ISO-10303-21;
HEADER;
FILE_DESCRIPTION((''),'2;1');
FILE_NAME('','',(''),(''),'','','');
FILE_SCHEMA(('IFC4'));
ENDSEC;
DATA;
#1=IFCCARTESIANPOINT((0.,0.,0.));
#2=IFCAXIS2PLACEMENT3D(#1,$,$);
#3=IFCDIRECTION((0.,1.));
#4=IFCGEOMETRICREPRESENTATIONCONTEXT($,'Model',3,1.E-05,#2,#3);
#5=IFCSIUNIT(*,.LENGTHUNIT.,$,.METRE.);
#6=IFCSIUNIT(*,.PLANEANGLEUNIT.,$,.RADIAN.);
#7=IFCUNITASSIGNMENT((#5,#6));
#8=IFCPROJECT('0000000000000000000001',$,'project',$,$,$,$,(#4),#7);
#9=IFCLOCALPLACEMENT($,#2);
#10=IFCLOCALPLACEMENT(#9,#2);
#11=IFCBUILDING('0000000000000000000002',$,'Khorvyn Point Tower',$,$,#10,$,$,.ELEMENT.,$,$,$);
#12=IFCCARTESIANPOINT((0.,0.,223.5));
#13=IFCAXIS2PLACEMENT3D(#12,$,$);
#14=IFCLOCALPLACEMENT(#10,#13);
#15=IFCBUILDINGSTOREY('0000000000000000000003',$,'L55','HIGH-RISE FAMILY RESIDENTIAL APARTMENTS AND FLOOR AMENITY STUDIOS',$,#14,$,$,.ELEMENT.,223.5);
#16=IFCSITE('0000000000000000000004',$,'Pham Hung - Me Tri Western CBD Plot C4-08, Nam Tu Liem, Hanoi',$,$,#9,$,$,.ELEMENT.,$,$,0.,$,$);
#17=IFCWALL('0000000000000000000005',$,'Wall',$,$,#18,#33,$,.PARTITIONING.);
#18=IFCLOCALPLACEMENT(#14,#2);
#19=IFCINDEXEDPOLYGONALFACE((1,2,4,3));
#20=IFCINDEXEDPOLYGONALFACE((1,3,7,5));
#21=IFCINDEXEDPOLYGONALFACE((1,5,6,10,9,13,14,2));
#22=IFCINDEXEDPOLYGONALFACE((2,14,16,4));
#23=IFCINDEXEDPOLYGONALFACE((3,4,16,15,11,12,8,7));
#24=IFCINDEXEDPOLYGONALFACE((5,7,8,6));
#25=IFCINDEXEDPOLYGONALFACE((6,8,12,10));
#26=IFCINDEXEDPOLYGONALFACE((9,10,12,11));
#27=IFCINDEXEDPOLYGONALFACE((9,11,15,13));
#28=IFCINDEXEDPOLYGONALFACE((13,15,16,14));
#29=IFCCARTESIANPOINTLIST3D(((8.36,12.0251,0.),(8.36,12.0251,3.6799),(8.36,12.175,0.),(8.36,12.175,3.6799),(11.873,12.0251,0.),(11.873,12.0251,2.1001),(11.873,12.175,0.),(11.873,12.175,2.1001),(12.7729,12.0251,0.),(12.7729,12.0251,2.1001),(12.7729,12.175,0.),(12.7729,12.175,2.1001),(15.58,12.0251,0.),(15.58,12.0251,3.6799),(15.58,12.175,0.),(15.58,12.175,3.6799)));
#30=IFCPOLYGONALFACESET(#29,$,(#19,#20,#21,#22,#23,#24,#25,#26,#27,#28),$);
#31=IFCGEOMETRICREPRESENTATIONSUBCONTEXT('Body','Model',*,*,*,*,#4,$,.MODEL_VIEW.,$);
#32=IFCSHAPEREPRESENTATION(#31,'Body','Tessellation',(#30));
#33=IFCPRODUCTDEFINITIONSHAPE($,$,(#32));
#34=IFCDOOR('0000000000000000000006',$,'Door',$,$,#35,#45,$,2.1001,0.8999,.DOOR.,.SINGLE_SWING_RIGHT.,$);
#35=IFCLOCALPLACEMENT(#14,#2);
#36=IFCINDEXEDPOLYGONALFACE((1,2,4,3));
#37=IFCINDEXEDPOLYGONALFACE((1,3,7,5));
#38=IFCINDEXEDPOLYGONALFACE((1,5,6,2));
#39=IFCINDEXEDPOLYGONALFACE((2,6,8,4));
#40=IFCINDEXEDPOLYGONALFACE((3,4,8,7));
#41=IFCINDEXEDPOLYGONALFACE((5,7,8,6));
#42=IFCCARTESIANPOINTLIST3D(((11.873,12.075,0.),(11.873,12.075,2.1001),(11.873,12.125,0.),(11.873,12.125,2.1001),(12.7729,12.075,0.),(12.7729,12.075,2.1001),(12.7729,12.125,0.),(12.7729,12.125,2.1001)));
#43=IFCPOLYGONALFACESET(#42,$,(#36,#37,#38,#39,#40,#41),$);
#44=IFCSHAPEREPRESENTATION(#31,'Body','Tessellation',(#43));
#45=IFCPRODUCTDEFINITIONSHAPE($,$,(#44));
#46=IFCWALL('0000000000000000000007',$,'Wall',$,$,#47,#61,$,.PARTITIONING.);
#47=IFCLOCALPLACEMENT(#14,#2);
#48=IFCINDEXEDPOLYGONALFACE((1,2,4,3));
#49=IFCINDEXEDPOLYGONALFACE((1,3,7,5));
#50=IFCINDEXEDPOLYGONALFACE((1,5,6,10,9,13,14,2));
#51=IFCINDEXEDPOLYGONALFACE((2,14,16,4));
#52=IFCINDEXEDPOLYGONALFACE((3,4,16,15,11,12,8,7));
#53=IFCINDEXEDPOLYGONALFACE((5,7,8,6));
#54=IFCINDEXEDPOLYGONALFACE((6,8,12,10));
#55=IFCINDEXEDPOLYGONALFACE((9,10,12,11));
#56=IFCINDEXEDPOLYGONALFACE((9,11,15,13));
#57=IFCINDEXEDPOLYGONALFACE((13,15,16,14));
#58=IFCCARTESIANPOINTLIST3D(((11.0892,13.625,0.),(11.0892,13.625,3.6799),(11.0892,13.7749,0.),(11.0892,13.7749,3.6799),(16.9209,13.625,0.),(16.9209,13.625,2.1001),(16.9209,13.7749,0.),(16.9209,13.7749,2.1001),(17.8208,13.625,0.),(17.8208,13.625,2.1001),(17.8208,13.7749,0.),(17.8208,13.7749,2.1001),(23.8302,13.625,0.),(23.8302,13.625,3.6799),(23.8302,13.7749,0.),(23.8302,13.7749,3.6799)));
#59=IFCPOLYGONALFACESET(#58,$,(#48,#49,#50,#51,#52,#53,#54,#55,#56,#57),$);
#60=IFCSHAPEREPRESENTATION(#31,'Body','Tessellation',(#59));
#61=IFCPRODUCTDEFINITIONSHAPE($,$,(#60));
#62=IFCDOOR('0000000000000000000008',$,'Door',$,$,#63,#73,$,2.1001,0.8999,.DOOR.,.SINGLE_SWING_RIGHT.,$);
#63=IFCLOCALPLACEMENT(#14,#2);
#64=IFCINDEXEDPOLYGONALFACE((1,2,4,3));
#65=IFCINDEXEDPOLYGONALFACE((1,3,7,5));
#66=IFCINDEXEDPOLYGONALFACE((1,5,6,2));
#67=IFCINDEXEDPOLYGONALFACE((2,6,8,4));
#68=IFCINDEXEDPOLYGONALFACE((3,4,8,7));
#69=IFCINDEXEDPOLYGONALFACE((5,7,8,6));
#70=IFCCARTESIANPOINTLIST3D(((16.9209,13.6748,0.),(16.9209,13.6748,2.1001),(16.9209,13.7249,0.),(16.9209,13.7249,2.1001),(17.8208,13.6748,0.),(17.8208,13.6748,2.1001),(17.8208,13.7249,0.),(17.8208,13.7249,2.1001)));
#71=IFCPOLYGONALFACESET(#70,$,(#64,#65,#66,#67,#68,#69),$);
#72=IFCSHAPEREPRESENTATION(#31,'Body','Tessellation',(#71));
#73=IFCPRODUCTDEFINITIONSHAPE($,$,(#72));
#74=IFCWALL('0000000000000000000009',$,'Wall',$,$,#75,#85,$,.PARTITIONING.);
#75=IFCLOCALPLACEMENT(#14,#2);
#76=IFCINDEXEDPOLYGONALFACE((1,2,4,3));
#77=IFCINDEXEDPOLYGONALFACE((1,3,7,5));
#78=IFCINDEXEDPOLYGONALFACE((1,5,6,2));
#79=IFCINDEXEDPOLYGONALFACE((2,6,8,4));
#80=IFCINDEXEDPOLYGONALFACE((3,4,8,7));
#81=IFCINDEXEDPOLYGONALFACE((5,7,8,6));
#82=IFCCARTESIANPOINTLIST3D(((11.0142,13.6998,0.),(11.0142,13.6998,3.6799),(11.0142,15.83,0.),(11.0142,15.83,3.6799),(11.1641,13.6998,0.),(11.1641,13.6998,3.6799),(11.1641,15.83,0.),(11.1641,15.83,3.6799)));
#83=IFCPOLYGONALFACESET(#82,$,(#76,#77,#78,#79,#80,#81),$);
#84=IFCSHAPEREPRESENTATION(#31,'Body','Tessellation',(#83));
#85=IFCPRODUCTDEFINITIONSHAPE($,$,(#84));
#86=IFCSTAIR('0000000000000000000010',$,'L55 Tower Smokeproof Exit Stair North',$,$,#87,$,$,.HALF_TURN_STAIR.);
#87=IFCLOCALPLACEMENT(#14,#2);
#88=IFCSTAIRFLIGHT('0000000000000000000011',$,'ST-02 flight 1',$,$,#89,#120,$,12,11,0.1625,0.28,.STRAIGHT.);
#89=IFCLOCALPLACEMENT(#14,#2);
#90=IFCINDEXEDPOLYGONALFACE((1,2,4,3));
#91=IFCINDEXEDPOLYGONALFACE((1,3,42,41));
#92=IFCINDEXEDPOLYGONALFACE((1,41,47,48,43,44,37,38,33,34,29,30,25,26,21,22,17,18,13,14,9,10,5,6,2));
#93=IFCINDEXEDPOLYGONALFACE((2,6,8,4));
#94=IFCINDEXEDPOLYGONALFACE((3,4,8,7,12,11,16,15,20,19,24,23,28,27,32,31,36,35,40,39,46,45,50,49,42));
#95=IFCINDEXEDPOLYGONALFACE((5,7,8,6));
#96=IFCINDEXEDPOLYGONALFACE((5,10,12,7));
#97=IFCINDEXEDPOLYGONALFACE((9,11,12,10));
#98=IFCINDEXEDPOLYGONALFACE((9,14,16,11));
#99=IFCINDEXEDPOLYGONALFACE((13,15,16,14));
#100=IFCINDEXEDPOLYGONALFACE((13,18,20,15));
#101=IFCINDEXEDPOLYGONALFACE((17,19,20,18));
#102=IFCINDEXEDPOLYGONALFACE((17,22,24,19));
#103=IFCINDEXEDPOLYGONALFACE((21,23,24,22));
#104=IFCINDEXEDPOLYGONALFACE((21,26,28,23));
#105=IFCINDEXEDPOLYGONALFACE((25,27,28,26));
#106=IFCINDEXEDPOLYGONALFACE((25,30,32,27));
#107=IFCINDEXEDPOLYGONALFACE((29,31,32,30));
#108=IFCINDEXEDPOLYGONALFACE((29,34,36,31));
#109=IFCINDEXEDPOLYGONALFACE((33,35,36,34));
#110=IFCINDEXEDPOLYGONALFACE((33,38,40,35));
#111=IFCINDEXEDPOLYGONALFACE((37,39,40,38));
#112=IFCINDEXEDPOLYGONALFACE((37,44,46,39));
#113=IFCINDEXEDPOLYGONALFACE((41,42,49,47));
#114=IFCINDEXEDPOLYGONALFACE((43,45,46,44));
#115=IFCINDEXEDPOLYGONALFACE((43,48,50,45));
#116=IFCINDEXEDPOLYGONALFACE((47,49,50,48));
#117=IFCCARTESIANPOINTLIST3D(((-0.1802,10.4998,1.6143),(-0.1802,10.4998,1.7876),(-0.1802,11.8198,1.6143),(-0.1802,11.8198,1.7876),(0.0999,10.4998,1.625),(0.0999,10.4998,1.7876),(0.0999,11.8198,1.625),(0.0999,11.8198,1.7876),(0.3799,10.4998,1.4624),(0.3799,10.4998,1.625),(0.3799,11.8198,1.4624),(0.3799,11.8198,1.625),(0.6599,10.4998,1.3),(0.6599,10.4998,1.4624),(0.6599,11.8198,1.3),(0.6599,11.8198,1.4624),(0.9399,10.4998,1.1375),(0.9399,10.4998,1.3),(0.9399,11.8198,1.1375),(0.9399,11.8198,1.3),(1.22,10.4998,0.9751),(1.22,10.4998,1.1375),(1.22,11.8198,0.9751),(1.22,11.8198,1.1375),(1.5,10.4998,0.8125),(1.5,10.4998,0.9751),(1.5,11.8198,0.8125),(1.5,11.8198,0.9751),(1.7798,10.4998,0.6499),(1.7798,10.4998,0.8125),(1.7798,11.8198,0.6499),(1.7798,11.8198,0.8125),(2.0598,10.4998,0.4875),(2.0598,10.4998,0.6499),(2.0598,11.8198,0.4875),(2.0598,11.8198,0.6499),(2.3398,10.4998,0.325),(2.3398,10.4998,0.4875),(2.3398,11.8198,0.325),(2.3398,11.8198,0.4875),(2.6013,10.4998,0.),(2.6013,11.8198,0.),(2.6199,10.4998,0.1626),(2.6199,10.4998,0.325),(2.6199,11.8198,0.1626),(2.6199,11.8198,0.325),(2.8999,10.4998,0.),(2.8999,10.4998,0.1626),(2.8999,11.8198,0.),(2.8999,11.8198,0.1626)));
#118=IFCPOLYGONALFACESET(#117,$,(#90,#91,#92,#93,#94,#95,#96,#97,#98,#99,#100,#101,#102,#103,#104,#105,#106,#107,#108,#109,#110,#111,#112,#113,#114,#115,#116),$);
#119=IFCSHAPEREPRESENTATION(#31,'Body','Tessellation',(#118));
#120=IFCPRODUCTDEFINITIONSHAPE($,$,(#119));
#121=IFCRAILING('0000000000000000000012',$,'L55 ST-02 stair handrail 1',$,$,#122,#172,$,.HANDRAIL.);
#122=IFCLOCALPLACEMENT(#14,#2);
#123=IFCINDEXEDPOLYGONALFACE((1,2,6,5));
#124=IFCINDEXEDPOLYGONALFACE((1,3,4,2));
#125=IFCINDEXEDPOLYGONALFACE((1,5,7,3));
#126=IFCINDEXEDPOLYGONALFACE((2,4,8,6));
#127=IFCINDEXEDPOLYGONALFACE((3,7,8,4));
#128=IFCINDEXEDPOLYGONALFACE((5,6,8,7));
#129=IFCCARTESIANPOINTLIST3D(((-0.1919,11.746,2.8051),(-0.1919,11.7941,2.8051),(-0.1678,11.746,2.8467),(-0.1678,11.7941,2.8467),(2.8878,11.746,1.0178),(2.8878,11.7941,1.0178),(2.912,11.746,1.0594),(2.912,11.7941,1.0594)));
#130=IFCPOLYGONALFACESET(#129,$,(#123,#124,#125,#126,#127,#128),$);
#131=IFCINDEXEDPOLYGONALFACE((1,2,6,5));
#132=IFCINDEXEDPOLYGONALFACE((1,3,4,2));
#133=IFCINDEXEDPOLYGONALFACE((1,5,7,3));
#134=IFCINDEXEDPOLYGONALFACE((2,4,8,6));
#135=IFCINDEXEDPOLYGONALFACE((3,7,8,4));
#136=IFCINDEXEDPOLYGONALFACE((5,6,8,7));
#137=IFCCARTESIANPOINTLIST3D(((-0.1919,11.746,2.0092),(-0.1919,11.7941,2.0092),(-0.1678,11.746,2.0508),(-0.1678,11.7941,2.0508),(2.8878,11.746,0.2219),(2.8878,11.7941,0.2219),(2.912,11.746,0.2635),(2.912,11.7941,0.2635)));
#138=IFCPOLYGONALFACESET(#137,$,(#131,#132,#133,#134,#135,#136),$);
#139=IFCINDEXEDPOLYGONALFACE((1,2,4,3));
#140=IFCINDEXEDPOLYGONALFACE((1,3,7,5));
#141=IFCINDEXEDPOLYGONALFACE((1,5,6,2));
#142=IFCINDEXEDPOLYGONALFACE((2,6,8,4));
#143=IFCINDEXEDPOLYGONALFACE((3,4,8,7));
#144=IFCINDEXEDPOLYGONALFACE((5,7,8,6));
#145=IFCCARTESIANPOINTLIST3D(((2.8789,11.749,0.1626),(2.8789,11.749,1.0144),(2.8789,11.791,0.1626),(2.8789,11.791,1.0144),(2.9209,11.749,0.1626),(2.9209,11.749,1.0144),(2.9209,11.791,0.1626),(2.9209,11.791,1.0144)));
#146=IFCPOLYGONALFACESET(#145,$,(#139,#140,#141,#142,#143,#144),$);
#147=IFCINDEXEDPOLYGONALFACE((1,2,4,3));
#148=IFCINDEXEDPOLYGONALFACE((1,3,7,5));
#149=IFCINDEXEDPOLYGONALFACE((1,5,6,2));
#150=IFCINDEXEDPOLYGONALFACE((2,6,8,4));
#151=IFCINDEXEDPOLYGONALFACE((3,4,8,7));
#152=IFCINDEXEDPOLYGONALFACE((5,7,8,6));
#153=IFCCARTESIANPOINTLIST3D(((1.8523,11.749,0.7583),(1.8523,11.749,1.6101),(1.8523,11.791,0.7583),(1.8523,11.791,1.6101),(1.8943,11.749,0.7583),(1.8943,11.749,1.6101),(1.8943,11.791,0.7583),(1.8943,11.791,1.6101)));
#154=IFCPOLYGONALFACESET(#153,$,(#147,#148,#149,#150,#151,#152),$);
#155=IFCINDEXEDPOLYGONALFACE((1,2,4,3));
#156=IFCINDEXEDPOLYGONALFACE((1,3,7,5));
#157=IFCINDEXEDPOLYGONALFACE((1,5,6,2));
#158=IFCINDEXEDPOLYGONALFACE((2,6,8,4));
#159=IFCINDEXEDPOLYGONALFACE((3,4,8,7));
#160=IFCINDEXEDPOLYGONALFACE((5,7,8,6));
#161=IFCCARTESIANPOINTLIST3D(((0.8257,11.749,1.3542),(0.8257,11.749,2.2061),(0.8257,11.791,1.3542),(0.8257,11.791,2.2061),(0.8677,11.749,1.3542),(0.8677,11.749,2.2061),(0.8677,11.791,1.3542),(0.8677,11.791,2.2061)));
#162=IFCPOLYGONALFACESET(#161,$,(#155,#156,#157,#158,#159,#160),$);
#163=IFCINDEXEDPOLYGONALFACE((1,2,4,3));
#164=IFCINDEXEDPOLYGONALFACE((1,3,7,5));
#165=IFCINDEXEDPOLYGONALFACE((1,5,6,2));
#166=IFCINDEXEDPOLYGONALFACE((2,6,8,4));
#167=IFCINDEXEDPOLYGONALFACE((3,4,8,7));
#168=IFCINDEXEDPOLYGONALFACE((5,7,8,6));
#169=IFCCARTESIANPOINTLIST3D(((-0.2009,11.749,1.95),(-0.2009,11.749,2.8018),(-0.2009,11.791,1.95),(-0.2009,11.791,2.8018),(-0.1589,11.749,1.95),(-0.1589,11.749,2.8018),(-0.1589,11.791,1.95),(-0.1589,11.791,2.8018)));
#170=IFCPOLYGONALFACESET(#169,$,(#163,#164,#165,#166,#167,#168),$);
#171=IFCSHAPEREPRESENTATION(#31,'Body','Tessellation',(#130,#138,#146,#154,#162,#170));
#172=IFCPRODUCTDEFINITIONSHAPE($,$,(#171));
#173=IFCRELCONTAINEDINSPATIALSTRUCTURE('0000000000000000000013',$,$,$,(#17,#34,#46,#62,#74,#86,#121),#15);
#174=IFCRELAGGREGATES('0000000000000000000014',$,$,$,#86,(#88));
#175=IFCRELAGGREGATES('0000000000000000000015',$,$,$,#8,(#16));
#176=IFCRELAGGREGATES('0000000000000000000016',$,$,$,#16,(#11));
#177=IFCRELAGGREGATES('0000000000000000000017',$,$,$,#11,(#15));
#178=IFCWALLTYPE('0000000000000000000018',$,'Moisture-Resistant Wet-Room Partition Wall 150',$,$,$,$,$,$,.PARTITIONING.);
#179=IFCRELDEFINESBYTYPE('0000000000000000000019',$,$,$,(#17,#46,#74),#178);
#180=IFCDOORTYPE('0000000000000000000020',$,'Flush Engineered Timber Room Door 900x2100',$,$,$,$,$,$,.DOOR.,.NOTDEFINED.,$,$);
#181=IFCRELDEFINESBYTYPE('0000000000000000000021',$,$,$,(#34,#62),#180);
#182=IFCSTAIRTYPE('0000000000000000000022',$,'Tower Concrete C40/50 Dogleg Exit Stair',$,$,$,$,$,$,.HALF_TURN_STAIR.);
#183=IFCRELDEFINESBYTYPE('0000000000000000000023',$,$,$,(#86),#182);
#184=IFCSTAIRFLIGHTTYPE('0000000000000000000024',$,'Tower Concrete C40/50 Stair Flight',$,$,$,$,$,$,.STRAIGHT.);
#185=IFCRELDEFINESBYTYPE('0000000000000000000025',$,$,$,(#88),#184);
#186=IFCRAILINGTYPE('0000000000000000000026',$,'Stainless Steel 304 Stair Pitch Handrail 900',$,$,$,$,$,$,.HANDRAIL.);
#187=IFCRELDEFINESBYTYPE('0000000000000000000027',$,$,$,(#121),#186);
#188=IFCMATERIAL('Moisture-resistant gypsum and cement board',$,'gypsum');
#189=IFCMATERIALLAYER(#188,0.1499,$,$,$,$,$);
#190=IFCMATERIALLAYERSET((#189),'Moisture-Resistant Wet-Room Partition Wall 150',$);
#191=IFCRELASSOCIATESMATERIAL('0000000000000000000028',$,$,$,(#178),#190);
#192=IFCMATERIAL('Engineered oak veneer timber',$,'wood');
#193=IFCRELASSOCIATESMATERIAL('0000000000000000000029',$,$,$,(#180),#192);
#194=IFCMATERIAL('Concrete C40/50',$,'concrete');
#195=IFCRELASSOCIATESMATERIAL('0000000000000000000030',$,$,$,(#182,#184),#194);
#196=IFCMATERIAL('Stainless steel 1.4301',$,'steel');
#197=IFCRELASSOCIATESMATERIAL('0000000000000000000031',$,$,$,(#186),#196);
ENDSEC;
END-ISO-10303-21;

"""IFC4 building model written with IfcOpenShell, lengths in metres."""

from ifc_helpers import new_model, si_unit, direction, frame, frame_2d, origin, origin_2d, place, context, subcontext, project, spatial, polyline, rectangle, outline, extrude, material, layer, layer_set, type_object, element, fill, aggregate, save


model = new_model("IFC4")

# Units and contexts
model_context = context("Model", 3, precision=1e-05, world=origin(), true_north=direction((0.0, 1.0)))
body_context = subcontext(model_context, "Body", "Model", "MODEL_VIEW")
ifc_project = project(units=[si_unit("LENGTHUNIT", "METRE"), si_unit("PLANEANGLEUNIT", "RADIAN")], contexts=[model_context])

# Site, building, storey
site_placement = place(None, origin())
site = spatial("IfcSite", under=ifc_project, at=site_placement, Name="Pham Hung - Me Tri Western CBD Plot C4-08, Nam Tu Liem, Hanoi", CompositionType="ELEMENT", RefElevation=0.0)
building_placement = place(site_placement, origin())
building = spatial("IfcBuilding", under=site, at=building_placement, Name="Khorvyn Point Tower", CompositionType="ELEMENT")
storey_placement = place(building_placement, frame((0.0, 0.0, 223.5)))
storey = spatial("IfcBuildingStorey", under=building, at=storey_placement, Name="L55", Description="HIGH-RISE FAMILY RESIDENTIAL APARTMENTS AND FLOOR AMENITY STUDIOS", CompositionType="ELEMENT", Elevation=223.5)

# Shared definitions
ifc_material_1 = material(Name="Concrete C40/50", Category="concrete")

# Walls, openings, doors
ifc_material_2 = material(Name="Moisture-resistant gypsum and cement board", Category="gypsum")
ifc_layer_1 = layer(ifc_material_2, 0.1499)
ifc_layer_set_1 = layer_set([ifc_layer_1], Name="Moisture-Resistant Wet-Room Partition Wall 150")
wall_type_1 = type_object("IfcWallType", Name="Moisture-Resistant Wet-Room Partition Wall 150", PredefinedType="PARTITIONING", material=ifc_layer_set_1)
wall_1_placement = place(storey_placement, frame((8.3601, 12.1001, 0.0), z_axis=(0.0, 0.0, 1.0), x_axis=(1.0, 0.0, 0.0)))
wall_1 = element("IfcWall", 1, at=wall_1_placement, inside=storey, type_object=wall_type_1, Name="Wall", PredefinedType="PARTITIONING", context=body_context, shape_type="SweptSolid", body=[
    extrude(rectangle(XDim=7.22, YDim=0.1499, at=frame_2d((3.6099, 0.0))), origin(), (0.0, 0.0, 1.0), 3.6799),
])
opening_1_placement = place(wall_1_placement, frame((3.5129, 0.0, 0.0)))
opening_1 = element("IfcOpeningElement", 2, at=opening_1_placement, cuts=wall_1, PredefinedType="OPENING", context=body_context, shape_type="SweptSolid", body=[
    extrude(rectangle(XDim=0.8999, YDim=2.1001, at=frame_2d((0.45, 1.05))), frame((0.0, 0.085, 0.0), z_axis=(0.0, -1.0, 0.0), x_axis=(1.0, 0.0, 0.0)), (0.0, 0.0, 1.0), 0.1699),
])
ifc_material_3 = material(Name="Engineered oak veneer timber", Category="wood")
door_type_1 = type_object("IfcDoorType", Name="Flush Engineered Timber Room Door 900x2100", OperationType="NOTDEFINED", PredefinedType="DOOR", material=ifc_material_3)
door_1_placement = place(opening_1_placement, origin())
door_1 = element("IfcDoor", 3, at=door_1_placement, inside=storey, type_object=door_type_1, Name="Door", OperationType="SINGLE_SWING_RIGHT", OverallHeight=2.1001, OverallWidth=0.8999, PredefinedType="DOOR", context=body_context, shape_type="SweptSolid", body=[
    extrude(rectangle(XDim=0.8999, YDim=2.1001, at=frame_2d((0.45, 1.05))), frame((0.0, 0.0249, 0.0), z_axis=(0.0, -1.0, 0.0), x_axis=(1.0, 0.0, 0.0)), (0.0, 0.0, 1.0), 0.05),
])
fill(opening_1, door_1)
wall_2_placement = place(storey_placement, frame((11.0891, 13.7, 0.0), z_axis=(0.0, 0.0, 1.0), x_axis=(1.0, 0.0, 0.0)))
wall_2 = element("IfcWall", 4, at=wall_2_placement, inside=storey, type_object=wall_type_1, Name="Wall", PredefinedType="PARTITIONING", context=body_context, shape_type="SweptSolid", body=[
    extrude(rectangle(XDim=12.741, YDim=0.1499, at=frame_2d((6.3706, 0.0))), origin(), (0.0, 0.0, 1.0), 3.6799),
])
opening_2_placement = place(wall_2_placement, frame((5.8318, 0.0, 0.0)))
opening_2 = element("IfcOpeningElement", 5, at=opening_2_placement, cuts=wall_2, PredefinedType="OPENING", context=body_context, shape_type="SweptSolid", body=[
    extrude(rectangle(XDim=0.8999, YDim=2.1001, at=frame_2d((0.45, 1.05))), frame((0.0, 0.085, 0.0), z_axis=(0.0, -1.0, 0.0), x_axis=(1.0, 0.0, 0.0)), (0.0, 0.0, 1.0), 0.1699),
])
door_2_placement = place(opening_2_placement, origin())
door_2 = element("IfcDoor", 6, at=door_2_placement, inside=storey, type_object=door_type_1, Name="Door", OperationType="SINGLE_SWING_RIGHT", OverallHeight=2.1001, OverallWidth=0.8999, PredefinedType="DOOR", context=body_context, shape_type="SweptSolid", body=[
    extrude(rectangle(XDim=0.8999, YDim=2.1001, at=frame_2d((0.45, 1.05))), frame((0.0, 0.0249, 0.0), z_axis=(0.0, -1.0, 0.0), x_axis=(1.0, 0.0, 0.0)), (0.0, 0.0, 1.0), 0.05),
])
fill(opening_2, door_2)

# Wall
wall_3_placement = place(storey_placement, frame((11.0891, 13.7, 0.0), z_axis=(0.0, 0.0, 1.0), x_axis=(0.0, 1.0, 0.0)))
element("IfcWall", 7, at=wall_3_placement, inside=storey, type_object=wall_type_1, Name="Wall", PredefinedType="PARTITIONING", context=body_context, shape_type="SweptSolid", body=[
    extrude(rectangle(XDim=2.1301, YDim=0.1499, at=frame_2d((1.0649, 0.0))), origin(), (0.0, 0.0, 1.0), 3.6799),
])

# Stair, stair flight
stair_type = type_object("IfcStairType", Name="Tower Concrete C40/50 Dogleg Exit Stair", PredefinedType="HALF_TURN_STAIR", material=ifc_material_1)
stair_placement = place(storey_placement, origin())
stair = element("IfcStair", 8, at=stair_placement, inside=storey, type_object=stair_type, Name="L55 Tower Smokeproof Exit Stair North", PredefinedType="HALF_TURN_STAIR")
stair_flight_type = type_object("IfcStairFlightType", Name="Tower Concrete C40/50 Stair Flight", PredefinedType="STRAIGHT", material=ifc_material_1)
stair_flight_placement = place(storey_placement, frame((2.8999, 11.1599, 0.0), z_axis=(0.0, 0.0, 1.0), x_axis=(-1.0, 0.0, 0.0)))
stair_flight = element("IfcStairFlight", 9, at=stair_flight_placement, type_object=stair_flight_type, Name="ST-02 flight 1", NumberOfRisers=12, NumberOfTreads=11, PredefinedType="STRAIGHT", RiserHeight=0.1625, TreadLength=0.28, context=body_context, shape_type="SweptSolid", body=[
    extrude(outline(polyline([(0.0, 0.0), (0.0, 0.1626), (0.28, 0.1626), (0.28, 0.325), (0.5601, 0.325), (0.5601, 0.4875), (0.8401, 0.4875), (0.8401, 0.6499), (1.1201, 0.6499), (1.1201, 0.8125), (1.3999, 0.8125), (1.3999, 0.9751), (1.6799, 0.9751), (1.6799, 1.1375), (1.96, 1.1375), (1.96, 1.3), (2.24, 1.3), (2.24, 1.4624), (2.52, 1.4624), (2.52, 1.625), (2.8, 1.625), (2.8, 1.7876), (3.0801, 1.7876), (3.0801, 1.95), (3.0801, 1.6143), (0.2986, 0.0), (0.0, 0.0)])), frame((0.0, 0.6602, 0.0), z_axis=(0.0, -1.0, 0.0), x_axis=(1.0, 0.0, 0.0)), (0.0, 0.0, 1.0), 1.3201),
])
aggregate(stair, [stair_flight])

# Railing
ifc_material_4 = material(Name="Stainless steel 1.4301", Category="steel")
railing_type_1 = type_object("IfcRailingType", Name="Stainless Steel 304 Stair Pitch Handrail 900", PredefinedType="HANDRAIL", material=ifc_material_4)
railing_1_placement = place(storey_placement, frame((2.8999, 11.77, 0.1626)))
element("IfcRailing", 10, at=railing_1_placement, inside=storey, type_object=railing_type_1, Name="L55 ST-02 stair handrail 1", PredefinedType="HANDRAIL", context=body_context, shape_type="SweptSolid", body=[
    extrude(rectangle(XDim=0.0481, YDim=0.0481, at=origin_2d()), frame((0.0, 0.0, 0.876), z_axis=(-0.864903, 0.0, 0.501939), x_axis=(0.0, -1.0, 0.0)), (0.0, 0.0, 1.0), 3.5608),
    extrude(rectangle(XDim=0.0481, YDim=0.0481, at=origin_2d()), frame((0.0, 0.0, 0.0801), z_axis=(-0.864903, 0.0, 0.501939), x_axis=(0.0, -1.0, 0.0)), (0.0, 0.0, 1.0), 3.5608),
    extrude(rectangle(XDim=0.042, YDim=0.042, at=origin_2d()), origin(), (0.0, 0.0, 1.0), 0.8518),
    extrude(rectangle(XDim=0.042, YDim=0.042, at=origin_2d()), frame((-1.0266, 0.0, 0.5957)), (0.0, 0.0, 1.0), 0.8518),
    extrude(rectangle(XDim=0.042, YDim=0.042, at=origin_2d()), frame((-2.0532, 0.0, 1.1917)), (0.0, 0.0, 1.0), 0.8518),
    extrude(rectangle(XDim=0.042, YDim=0.042, at=origin_2d()), frame((-3.0798, 0.0, 1.7874)), (0.0, 0.0, 1.0), 0.8518),
])

save(model, "model.ifc")
